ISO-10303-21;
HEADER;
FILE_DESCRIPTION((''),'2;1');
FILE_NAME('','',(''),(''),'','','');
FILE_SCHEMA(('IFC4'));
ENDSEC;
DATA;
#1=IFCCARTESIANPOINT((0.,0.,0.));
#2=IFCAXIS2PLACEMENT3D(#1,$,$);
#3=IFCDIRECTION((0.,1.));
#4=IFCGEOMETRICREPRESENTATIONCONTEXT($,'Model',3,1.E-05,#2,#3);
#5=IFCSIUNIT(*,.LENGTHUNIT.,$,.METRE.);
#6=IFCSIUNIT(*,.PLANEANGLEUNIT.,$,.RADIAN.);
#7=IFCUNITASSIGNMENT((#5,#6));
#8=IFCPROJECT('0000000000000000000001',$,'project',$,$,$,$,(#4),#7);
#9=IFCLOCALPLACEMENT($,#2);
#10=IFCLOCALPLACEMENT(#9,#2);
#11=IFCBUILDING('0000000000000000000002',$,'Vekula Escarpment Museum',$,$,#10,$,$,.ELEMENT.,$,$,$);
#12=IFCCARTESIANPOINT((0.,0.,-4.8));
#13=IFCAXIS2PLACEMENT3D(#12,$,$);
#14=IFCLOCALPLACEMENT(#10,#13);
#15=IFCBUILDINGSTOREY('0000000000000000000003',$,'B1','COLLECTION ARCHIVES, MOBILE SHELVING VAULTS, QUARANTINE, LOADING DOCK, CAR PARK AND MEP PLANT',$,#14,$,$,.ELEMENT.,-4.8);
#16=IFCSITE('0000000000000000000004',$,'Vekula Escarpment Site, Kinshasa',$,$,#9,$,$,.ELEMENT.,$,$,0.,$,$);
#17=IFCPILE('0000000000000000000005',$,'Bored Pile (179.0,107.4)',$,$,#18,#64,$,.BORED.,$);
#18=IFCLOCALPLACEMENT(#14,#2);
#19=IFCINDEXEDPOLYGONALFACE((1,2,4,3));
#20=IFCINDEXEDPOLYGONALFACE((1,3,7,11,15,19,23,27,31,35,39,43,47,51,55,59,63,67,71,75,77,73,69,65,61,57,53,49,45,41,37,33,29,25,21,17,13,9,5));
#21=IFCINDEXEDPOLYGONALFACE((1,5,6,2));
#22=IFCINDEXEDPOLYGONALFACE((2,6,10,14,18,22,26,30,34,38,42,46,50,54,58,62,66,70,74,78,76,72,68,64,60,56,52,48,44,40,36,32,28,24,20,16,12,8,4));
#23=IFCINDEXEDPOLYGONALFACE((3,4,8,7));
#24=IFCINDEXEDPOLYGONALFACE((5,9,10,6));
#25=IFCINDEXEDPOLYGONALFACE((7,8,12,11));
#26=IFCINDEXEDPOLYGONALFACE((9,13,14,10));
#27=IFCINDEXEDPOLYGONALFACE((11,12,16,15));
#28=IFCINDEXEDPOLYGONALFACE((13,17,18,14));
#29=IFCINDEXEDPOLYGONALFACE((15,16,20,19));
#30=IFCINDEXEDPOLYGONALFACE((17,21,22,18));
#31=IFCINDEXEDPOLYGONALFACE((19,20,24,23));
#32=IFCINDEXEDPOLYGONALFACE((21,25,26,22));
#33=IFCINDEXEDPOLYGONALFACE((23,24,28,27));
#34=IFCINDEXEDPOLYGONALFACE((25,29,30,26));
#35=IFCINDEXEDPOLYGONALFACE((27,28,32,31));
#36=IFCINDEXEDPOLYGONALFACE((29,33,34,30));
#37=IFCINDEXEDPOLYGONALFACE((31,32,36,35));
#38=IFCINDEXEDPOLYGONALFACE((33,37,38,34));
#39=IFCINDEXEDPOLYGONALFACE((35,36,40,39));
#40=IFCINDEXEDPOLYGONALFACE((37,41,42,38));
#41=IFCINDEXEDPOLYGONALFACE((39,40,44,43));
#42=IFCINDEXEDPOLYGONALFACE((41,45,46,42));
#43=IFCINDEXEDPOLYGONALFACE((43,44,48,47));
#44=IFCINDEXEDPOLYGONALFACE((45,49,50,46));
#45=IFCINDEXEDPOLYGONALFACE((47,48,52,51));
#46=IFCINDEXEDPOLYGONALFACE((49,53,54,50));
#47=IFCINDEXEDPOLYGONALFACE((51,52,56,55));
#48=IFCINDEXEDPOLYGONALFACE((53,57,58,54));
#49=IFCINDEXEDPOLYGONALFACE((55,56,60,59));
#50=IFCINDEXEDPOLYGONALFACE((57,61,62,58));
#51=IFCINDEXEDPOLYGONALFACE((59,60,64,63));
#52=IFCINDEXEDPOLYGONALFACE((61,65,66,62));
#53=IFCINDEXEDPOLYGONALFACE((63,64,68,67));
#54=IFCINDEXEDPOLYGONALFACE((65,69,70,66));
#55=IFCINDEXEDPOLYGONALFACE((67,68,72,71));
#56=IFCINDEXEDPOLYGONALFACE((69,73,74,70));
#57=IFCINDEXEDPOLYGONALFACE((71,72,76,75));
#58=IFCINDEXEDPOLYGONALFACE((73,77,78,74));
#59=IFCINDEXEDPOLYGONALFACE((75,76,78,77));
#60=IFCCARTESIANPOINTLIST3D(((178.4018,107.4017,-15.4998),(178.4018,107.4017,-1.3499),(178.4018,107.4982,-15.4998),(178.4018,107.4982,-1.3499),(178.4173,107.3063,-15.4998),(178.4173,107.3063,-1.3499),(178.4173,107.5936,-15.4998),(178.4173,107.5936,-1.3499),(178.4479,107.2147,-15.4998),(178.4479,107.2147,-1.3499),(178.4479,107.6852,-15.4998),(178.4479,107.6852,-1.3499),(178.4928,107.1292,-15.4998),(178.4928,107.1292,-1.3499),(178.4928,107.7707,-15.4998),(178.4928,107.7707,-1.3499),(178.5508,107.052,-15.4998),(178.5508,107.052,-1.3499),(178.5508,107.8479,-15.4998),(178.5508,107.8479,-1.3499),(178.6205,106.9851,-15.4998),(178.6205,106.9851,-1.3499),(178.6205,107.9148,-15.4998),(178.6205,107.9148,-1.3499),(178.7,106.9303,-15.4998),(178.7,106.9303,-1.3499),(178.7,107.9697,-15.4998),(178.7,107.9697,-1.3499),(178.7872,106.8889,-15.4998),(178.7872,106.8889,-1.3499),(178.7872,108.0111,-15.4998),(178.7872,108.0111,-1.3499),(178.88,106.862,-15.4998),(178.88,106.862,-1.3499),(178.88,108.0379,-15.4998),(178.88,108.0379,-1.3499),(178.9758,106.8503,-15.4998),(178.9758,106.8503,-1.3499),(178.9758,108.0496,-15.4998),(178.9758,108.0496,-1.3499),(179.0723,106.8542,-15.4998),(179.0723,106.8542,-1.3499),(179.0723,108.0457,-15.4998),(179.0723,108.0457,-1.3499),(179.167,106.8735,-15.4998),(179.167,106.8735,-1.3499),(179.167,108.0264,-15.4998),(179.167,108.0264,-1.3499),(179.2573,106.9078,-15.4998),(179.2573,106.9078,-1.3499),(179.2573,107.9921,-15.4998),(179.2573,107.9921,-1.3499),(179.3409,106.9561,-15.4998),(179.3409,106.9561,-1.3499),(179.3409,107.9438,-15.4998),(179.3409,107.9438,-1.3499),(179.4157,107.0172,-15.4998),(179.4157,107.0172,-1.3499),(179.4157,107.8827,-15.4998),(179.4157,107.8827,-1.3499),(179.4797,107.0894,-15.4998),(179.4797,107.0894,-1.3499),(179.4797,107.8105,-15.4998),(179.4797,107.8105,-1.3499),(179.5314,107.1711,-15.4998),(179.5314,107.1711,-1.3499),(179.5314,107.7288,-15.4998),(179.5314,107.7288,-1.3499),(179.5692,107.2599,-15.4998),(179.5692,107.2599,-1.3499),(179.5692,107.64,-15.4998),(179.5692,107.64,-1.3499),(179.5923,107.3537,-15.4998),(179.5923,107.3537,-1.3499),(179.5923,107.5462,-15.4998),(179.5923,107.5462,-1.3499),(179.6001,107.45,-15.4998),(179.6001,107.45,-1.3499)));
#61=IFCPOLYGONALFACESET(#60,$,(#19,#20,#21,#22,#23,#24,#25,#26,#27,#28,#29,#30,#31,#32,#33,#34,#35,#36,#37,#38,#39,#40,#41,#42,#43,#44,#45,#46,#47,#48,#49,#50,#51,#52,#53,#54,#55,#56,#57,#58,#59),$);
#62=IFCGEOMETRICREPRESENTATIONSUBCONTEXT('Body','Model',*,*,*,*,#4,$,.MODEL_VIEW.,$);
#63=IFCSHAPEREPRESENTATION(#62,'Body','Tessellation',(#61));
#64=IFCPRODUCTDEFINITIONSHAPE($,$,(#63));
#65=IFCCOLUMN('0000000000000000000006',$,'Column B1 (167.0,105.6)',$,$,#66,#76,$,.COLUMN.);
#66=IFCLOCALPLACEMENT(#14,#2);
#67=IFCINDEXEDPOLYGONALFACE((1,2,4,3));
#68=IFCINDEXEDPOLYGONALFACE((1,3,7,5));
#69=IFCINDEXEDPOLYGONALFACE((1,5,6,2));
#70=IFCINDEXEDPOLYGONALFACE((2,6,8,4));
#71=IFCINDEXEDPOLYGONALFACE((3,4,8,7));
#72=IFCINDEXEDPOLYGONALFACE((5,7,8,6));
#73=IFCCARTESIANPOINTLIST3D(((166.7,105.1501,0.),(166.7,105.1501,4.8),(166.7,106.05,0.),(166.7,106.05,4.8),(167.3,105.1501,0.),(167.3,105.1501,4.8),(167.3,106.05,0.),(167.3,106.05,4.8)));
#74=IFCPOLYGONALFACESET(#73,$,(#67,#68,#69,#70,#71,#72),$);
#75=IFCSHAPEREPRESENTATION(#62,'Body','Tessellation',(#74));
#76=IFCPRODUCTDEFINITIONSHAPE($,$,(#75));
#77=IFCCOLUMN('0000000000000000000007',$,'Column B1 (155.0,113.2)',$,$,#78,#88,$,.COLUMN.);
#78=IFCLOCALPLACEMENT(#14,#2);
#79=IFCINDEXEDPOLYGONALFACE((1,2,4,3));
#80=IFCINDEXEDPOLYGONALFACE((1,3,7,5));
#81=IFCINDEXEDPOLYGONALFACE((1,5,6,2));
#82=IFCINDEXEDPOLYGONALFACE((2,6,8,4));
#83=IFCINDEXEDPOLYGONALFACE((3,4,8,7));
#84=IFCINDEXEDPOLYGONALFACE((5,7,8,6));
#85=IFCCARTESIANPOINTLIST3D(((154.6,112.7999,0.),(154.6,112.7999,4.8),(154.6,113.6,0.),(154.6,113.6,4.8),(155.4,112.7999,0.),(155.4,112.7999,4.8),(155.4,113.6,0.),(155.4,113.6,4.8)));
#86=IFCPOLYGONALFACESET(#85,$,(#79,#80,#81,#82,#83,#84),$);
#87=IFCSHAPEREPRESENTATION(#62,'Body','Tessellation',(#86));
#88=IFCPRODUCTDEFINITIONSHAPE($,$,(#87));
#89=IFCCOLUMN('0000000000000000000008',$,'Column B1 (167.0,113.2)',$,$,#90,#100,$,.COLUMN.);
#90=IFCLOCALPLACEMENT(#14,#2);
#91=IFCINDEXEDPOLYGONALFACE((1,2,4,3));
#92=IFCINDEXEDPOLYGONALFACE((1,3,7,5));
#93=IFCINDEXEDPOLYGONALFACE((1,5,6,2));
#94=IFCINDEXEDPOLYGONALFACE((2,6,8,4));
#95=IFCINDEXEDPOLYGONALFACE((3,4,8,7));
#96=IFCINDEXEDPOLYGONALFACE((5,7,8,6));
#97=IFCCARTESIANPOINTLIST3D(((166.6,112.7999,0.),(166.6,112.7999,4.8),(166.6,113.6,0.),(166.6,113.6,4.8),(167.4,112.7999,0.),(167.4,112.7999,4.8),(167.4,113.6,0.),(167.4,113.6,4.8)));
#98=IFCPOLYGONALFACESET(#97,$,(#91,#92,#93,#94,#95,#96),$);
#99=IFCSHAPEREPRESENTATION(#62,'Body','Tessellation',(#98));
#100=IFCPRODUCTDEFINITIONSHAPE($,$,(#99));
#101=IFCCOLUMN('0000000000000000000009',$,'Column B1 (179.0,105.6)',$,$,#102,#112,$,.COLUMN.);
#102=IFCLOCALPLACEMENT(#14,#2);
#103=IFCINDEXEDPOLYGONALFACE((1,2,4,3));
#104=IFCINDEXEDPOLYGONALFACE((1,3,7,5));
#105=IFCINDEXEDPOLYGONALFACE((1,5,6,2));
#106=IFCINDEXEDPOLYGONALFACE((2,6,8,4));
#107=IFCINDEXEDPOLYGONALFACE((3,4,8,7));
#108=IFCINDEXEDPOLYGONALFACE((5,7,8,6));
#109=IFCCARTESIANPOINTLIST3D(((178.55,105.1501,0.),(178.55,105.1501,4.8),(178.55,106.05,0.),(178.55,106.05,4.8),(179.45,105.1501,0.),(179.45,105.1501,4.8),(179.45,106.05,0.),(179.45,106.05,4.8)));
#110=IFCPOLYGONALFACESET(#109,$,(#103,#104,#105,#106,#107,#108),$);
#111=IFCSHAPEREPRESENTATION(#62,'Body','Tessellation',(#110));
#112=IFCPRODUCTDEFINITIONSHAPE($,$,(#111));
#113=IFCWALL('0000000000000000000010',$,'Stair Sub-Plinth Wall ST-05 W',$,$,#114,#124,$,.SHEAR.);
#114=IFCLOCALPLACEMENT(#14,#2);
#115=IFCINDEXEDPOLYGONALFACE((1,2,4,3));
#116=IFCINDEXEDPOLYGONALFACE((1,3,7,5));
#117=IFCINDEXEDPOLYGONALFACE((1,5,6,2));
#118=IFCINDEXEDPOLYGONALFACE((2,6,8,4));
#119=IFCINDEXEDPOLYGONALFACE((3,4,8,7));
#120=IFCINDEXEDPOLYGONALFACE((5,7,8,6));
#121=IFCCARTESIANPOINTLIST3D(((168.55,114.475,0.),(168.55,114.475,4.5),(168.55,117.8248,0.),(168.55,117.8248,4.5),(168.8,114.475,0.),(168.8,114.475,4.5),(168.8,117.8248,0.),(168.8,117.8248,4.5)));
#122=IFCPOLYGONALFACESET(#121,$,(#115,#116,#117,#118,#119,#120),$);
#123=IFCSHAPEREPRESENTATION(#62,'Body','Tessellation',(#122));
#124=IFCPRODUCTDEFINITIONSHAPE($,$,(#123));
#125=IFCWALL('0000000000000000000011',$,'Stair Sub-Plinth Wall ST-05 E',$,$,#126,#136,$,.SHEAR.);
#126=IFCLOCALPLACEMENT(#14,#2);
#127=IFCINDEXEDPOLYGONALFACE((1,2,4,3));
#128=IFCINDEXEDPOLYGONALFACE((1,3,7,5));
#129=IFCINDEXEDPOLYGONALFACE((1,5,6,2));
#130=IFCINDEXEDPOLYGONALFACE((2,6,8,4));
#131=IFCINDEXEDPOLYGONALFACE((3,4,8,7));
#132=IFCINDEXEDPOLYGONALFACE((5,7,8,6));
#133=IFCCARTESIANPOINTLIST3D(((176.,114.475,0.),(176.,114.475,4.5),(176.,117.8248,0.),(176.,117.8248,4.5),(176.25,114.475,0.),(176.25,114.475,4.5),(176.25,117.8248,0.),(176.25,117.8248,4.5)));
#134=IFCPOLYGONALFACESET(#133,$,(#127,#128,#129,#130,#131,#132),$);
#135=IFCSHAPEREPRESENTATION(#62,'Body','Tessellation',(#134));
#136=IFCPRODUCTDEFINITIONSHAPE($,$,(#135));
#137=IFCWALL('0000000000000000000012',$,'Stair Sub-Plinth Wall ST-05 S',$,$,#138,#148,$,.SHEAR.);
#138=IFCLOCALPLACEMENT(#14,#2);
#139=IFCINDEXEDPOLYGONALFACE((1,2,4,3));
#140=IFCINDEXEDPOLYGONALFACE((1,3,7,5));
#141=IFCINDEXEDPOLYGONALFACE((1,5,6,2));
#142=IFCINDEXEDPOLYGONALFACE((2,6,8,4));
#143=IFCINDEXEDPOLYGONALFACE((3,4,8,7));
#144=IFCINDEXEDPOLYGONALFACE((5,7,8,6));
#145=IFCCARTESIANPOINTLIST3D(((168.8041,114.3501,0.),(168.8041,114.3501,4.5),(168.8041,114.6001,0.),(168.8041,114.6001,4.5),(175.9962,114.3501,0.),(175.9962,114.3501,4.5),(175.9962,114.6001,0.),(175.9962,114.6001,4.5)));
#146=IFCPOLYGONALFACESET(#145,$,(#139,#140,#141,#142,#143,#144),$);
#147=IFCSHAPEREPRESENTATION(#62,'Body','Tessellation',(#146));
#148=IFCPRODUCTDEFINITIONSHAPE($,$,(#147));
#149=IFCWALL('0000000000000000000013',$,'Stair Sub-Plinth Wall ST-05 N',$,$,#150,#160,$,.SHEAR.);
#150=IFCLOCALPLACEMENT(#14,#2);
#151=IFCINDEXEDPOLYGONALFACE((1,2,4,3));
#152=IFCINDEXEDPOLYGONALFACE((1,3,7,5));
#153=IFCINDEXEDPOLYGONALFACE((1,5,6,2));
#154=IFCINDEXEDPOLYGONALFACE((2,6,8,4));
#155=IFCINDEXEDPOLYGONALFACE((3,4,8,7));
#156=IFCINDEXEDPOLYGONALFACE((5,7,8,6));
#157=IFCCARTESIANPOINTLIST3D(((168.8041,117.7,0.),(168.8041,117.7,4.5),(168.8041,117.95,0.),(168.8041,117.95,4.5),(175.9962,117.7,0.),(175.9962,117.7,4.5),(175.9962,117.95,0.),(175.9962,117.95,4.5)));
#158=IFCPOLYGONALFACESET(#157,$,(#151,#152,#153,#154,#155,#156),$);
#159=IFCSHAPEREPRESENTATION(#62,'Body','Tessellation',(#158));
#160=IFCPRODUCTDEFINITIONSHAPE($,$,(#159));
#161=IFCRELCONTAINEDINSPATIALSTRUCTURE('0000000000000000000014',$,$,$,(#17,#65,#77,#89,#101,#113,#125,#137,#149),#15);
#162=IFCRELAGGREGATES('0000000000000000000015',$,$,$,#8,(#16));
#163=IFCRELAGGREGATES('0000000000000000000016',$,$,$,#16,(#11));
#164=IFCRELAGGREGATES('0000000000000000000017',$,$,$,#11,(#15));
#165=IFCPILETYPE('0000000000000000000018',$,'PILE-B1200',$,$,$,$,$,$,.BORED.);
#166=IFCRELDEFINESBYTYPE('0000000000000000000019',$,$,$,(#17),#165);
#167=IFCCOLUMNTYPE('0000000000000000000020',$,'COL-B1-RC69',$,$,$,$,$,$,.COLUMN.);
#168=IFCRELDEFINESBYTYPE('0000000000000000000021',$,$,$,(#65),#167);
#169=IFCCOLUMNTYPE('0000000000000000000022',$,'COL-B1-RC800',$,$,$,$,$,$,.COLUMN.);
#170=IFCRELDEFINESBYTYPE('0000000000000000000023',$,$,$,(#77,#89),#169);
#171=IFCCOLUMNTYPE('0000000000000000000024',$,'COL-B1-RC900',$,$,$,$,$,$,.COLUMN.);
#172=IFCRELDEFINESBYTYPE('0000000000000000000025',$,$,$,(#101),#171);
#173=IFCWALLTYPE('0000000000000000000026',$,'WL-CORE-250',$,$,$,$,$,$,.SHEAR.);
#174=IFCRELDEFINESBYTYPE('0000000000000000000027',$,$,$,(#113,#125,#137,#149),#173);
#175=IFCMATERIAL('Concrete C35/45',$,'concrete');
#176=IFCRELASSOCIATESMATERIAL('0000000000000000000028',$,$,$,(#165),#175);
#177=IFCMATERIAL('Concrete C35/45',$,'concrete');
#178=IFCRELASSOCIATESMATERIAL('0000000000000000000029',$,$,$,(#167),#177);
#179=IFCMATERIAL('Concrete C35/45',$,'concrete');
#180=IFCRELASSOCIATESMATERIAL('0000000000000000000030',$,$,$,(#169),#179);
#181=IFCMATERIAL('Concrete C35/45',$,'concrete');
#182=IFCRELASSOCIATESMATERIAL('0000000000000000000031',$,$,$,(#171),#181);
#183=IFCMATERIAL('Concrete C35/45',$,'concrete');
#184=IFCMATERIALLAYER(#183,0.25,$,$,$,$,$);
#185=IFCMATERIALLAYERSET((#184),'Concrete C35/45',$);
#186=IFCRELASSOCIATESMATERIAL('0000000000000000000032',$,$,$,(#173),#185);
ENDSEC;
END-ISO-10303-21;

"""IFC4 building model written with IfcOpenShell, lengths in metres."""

from ifc_helpers import new_model, si_unit, direction, frame, frame_2d, origin, origin_2d, place, context, subcontext, project, spatial, rectangle, circle, extrude, material, layer, layer_set, material_profile, profile_set, type_object, element, save


model = new_model("IFC4")

# Units and contexts
model_context = context("Model", 3, precision=1e-05, world=origin(), true_north=direction((0.0, 1.0)))
body_context = subcontext(model_context, "Body", "Model", "MODEL_VIEW")
ifc_project = project(units=[si_unit("LENGTHUNIT", "METRE"), si_unit("PLANEANGLEUNIT", "RADIAN")], contexts=[model_context])

# Site, building, storey
site_placement = place(None, origin())
site = spatial("IfcSite", under=ifc_project, at=site_placement, Name="Vekula Escarpment Site, Kinshasa", CompositionType="ELEMENT", RefElevation=0.0)
building_placement = place(site_placement, origin())
building = spatial("IfcBuilding", under=site, at=building_placement, Name="Vekula Escarpment Museum", CompositionType="ELEMENT")
storey_placement = place(building_placement, frame((0.0, 0.0, -4.8)))
storey = spatial("IfcBuildingStorey", under=building, at=storey_placement, Name="B1", Description="COLLECTION ARCHIVES, MOBILE SHELVING VAULTS, QUARANTINE, LOADING DOCK, CAR PARK AND MEP PLANT", CompositionType="ELEMENT", Elevation=-4.8)

# Pile
ifc_material_1 = material(Name="Concrete C35/45", Category="concrete")
ifc_material_profile_1 = material_profile(ifc_material_1, circle(Radius=0.6001, at=origin_2d()), Name="BORED PILE 1200")
ifc_profile_set_1 = profile_set([ifc_material_profile_1], Name="Concrete C35/45")
pile_type = type_object("IfcPileType", Name="PILE-B1200", PredefinedType="BORED", material=ifc_profile_set_1)
for number, where, z_axis, x_axis, name in (
    (1, (179.0, 107.45, -1.3499), (0.0, 0.0, -1.0), (1.0, 0.0, 0.0), "Bored Pile (179.0,107.4)"),
):
    element("IfcPile", number, at=place(storey_placement, frame(where, z_axis=z_axis, x_axis=x_axis)), inside=storey, type_object=pile_type, Name=name, PredefinedType="BORED", context=body_context, shape_type="SweptSolid", body=[
        extrude(circle(Radius=0.6001, at=origin_2d()), origin(), (0.0, 0.0, 1.0), 14.1499),
    ])

# Columns
ifc_material_2 = material(Name="Concrete C35/45", Category="concrete")
ifc_material_profile_2 = material_profile(ifc_material_2, rectangle(XDim=0.6001, YDim=0.8999, at=origin_2d()), Name="RC 600x900")
ifc_profile_set_2 = profile_set([ifc_material_profile_2], Name="Concrete C35/45")
column_type_1 = type_object("IfcColumnType", Name="COL-B1-RC69", PredefinedType="COLUMN", material=ifc_profile_set_2)
column_1_placement = place(storey_placement, frame((167.0, 105.6001, 0.0), z_axis=(0.0, 0.0, 1.0), x_axis=(1.0, 0.0, 0.0)))
element("IfcColumn", 2, at=column_1_placement, inside=storey, type_object=column_type_1, Name="Column B1 (167.0,105.6)", PredefinedType="COLUMN", context=body_context, shape_type="SweptSolid", body=[
    extrude(rectangle(XDim=0.6001, YDim=0.8999, at=origin_2d()), origin(), (0.0, 0.0, 1.0), 4.8),
])
ifc_material_3 = material(Name="Concrete C35/45", Category="concrete")
ifc_material_profile_3 = material_profile(ifc_material_3, rectangle(XDim=0.8, YDim=0.8, at=origin_2d()), Name="RC 800x800")
ifc_profile_set_3 = profile_set([ifc_material_profile_3], Name="Concrete C35/45")
column_type_2 = type_object("IfcColumnType", Name="COL-B1-RC800", PredefinedType="COLUMN", material=ifc_profile_set_3)
for number, where, z_axis, x_axis, name in (
    (3, (155.0, 113.2, 0.0), (0.0, 0.0, 1.0), (1.0, 0.0, 0.0), "Column B1 (155.0,113.2)"),
    (4, (167.0, 113.2, 0.0), (0.0, 0.0, 1.0), (1.0, 0.0, 0.0), "Column B1 (167.0,113.2)"),
):
    element("IfcColumn", number, at=place(storey_placement, frame(where, z_axis=z_axis, x_axis=x_axis)), inside=storey, type_object=column_type_2, Name=name, PredefinedType="COLUMN", context=body_context, shape_type="SweptSolid", body=[
        extrude(rectangle(XDim=0.8, YDim=0.8, at=origin_2d()), origin(), (0.0, 0.0, 1.0), 4.8),
    ])
ifc_material_4 = material(Name="Concrete C35/45", Category="concrete")
ifc_material_profile_4 = material_profile(ifc_material_4, rectangle(XDim=0.8999, YDim=0.8999, at=origin_2d()), Name="RC 900x900")
ifc_profile_set_4 = profile_set([ifc_material_profile_4], Name="Concrete C35/45")
column_type_3 = type_object("IfcColumnType", Name="COL-B1-RC900", PredefinedType="COLUMN", material=ifc_profile_set_4)
column_2_placement = place(storey_placement, frame((179.0, 105.6001, 0.0), z_axis=(0.0, 0.0, 1.0), x_axis=(1.0, 0.0, 0.0)))
element("IfcColumn", 5, at=column_2_placement, inside=storey, type_object=column_type_3, Name="Column B1 (179.0,105.6)", PredefinedType="COLUMN", context=body_context, shape_type="SweptSolid", body=[
    extrude(rectangle(XDim=0.8999, YDim=0.8999, at=origin_2d()), origin(), (0.0, 0.0, 1.0), 4.8),
])

# Walls
ifc_material_5 = material(Name="Concrete C35/45", Category="concrete")
ifc_layer = layer(ifc_material_5, 0.25)
ifc_layer_set = layer_set([ifc_layer], Name="Concrete C35/45")
wall_type = type_object("IfcWallType", Name="WL-CORE-250", PredefinedType="SHEAR", material=ifc_layer_set)
for number, where, z_axis, x_axis, name in (
    (6, (168.675, 114.4751, 0.0), (0.0, 0.0, 1.0), (0.0, 1.0, 0.0), "Stair Sub-Plinth Wall ST-05 W"),
    (7, (176.125, 114.4751, 0.0), (0.0, 0.0, 1.0), (0.0, 1.0, 0.0), "Stair Sub-Plinth Wall ST-05 E"),
):
    element("IfcWall", number, at=place(storey_placement, frame(where, z_axis=z_axis, x_axis=x_axis)), inside=storey, type_object=wall_type, Name=name, PredefinedType="SHEAR", context=body_context, shape_type="SweptSolid", body=[
        extrude(rectangle(XDim=3.3499, YDim=0.25, at=frame_2d((1.6748, 0.0))), origin(), (0.0, 0.0, 1.0), 4.5),
    ])
for number, where, z_axis, x_axis, name in (
    (8, (168.804, 114.4751, 0.0), (0.0, 0.0, 1.0), (1.0, 0.0, 0.0), "Stair Sub-Plinth Wall ST-05 S"),
    (9, (168.804, 117.825, 0.0), (0.0, 0.0, 1.0), (1.0, 0.0, 0.0), "Stair Sub-Plinth Wall ST-05 N"),
):
    element("IfcWall", number, at=place(storey_placement, frame(where, z_axis=z_axis, x_axis=x_axis)), inside=storey, type_object=wall_type, Name=name, PredefinedType="SHEAR", context=body_context, shape_type="SweptSolid", body=[
        extrude(rectangle(XDim=7.1921, YDim=0.25, at=frame_2d((3.5962, 0.0))), origin(), (0.0, 0.0, 1.0), 4.5),
    ])

save(model, "model.ifc")
